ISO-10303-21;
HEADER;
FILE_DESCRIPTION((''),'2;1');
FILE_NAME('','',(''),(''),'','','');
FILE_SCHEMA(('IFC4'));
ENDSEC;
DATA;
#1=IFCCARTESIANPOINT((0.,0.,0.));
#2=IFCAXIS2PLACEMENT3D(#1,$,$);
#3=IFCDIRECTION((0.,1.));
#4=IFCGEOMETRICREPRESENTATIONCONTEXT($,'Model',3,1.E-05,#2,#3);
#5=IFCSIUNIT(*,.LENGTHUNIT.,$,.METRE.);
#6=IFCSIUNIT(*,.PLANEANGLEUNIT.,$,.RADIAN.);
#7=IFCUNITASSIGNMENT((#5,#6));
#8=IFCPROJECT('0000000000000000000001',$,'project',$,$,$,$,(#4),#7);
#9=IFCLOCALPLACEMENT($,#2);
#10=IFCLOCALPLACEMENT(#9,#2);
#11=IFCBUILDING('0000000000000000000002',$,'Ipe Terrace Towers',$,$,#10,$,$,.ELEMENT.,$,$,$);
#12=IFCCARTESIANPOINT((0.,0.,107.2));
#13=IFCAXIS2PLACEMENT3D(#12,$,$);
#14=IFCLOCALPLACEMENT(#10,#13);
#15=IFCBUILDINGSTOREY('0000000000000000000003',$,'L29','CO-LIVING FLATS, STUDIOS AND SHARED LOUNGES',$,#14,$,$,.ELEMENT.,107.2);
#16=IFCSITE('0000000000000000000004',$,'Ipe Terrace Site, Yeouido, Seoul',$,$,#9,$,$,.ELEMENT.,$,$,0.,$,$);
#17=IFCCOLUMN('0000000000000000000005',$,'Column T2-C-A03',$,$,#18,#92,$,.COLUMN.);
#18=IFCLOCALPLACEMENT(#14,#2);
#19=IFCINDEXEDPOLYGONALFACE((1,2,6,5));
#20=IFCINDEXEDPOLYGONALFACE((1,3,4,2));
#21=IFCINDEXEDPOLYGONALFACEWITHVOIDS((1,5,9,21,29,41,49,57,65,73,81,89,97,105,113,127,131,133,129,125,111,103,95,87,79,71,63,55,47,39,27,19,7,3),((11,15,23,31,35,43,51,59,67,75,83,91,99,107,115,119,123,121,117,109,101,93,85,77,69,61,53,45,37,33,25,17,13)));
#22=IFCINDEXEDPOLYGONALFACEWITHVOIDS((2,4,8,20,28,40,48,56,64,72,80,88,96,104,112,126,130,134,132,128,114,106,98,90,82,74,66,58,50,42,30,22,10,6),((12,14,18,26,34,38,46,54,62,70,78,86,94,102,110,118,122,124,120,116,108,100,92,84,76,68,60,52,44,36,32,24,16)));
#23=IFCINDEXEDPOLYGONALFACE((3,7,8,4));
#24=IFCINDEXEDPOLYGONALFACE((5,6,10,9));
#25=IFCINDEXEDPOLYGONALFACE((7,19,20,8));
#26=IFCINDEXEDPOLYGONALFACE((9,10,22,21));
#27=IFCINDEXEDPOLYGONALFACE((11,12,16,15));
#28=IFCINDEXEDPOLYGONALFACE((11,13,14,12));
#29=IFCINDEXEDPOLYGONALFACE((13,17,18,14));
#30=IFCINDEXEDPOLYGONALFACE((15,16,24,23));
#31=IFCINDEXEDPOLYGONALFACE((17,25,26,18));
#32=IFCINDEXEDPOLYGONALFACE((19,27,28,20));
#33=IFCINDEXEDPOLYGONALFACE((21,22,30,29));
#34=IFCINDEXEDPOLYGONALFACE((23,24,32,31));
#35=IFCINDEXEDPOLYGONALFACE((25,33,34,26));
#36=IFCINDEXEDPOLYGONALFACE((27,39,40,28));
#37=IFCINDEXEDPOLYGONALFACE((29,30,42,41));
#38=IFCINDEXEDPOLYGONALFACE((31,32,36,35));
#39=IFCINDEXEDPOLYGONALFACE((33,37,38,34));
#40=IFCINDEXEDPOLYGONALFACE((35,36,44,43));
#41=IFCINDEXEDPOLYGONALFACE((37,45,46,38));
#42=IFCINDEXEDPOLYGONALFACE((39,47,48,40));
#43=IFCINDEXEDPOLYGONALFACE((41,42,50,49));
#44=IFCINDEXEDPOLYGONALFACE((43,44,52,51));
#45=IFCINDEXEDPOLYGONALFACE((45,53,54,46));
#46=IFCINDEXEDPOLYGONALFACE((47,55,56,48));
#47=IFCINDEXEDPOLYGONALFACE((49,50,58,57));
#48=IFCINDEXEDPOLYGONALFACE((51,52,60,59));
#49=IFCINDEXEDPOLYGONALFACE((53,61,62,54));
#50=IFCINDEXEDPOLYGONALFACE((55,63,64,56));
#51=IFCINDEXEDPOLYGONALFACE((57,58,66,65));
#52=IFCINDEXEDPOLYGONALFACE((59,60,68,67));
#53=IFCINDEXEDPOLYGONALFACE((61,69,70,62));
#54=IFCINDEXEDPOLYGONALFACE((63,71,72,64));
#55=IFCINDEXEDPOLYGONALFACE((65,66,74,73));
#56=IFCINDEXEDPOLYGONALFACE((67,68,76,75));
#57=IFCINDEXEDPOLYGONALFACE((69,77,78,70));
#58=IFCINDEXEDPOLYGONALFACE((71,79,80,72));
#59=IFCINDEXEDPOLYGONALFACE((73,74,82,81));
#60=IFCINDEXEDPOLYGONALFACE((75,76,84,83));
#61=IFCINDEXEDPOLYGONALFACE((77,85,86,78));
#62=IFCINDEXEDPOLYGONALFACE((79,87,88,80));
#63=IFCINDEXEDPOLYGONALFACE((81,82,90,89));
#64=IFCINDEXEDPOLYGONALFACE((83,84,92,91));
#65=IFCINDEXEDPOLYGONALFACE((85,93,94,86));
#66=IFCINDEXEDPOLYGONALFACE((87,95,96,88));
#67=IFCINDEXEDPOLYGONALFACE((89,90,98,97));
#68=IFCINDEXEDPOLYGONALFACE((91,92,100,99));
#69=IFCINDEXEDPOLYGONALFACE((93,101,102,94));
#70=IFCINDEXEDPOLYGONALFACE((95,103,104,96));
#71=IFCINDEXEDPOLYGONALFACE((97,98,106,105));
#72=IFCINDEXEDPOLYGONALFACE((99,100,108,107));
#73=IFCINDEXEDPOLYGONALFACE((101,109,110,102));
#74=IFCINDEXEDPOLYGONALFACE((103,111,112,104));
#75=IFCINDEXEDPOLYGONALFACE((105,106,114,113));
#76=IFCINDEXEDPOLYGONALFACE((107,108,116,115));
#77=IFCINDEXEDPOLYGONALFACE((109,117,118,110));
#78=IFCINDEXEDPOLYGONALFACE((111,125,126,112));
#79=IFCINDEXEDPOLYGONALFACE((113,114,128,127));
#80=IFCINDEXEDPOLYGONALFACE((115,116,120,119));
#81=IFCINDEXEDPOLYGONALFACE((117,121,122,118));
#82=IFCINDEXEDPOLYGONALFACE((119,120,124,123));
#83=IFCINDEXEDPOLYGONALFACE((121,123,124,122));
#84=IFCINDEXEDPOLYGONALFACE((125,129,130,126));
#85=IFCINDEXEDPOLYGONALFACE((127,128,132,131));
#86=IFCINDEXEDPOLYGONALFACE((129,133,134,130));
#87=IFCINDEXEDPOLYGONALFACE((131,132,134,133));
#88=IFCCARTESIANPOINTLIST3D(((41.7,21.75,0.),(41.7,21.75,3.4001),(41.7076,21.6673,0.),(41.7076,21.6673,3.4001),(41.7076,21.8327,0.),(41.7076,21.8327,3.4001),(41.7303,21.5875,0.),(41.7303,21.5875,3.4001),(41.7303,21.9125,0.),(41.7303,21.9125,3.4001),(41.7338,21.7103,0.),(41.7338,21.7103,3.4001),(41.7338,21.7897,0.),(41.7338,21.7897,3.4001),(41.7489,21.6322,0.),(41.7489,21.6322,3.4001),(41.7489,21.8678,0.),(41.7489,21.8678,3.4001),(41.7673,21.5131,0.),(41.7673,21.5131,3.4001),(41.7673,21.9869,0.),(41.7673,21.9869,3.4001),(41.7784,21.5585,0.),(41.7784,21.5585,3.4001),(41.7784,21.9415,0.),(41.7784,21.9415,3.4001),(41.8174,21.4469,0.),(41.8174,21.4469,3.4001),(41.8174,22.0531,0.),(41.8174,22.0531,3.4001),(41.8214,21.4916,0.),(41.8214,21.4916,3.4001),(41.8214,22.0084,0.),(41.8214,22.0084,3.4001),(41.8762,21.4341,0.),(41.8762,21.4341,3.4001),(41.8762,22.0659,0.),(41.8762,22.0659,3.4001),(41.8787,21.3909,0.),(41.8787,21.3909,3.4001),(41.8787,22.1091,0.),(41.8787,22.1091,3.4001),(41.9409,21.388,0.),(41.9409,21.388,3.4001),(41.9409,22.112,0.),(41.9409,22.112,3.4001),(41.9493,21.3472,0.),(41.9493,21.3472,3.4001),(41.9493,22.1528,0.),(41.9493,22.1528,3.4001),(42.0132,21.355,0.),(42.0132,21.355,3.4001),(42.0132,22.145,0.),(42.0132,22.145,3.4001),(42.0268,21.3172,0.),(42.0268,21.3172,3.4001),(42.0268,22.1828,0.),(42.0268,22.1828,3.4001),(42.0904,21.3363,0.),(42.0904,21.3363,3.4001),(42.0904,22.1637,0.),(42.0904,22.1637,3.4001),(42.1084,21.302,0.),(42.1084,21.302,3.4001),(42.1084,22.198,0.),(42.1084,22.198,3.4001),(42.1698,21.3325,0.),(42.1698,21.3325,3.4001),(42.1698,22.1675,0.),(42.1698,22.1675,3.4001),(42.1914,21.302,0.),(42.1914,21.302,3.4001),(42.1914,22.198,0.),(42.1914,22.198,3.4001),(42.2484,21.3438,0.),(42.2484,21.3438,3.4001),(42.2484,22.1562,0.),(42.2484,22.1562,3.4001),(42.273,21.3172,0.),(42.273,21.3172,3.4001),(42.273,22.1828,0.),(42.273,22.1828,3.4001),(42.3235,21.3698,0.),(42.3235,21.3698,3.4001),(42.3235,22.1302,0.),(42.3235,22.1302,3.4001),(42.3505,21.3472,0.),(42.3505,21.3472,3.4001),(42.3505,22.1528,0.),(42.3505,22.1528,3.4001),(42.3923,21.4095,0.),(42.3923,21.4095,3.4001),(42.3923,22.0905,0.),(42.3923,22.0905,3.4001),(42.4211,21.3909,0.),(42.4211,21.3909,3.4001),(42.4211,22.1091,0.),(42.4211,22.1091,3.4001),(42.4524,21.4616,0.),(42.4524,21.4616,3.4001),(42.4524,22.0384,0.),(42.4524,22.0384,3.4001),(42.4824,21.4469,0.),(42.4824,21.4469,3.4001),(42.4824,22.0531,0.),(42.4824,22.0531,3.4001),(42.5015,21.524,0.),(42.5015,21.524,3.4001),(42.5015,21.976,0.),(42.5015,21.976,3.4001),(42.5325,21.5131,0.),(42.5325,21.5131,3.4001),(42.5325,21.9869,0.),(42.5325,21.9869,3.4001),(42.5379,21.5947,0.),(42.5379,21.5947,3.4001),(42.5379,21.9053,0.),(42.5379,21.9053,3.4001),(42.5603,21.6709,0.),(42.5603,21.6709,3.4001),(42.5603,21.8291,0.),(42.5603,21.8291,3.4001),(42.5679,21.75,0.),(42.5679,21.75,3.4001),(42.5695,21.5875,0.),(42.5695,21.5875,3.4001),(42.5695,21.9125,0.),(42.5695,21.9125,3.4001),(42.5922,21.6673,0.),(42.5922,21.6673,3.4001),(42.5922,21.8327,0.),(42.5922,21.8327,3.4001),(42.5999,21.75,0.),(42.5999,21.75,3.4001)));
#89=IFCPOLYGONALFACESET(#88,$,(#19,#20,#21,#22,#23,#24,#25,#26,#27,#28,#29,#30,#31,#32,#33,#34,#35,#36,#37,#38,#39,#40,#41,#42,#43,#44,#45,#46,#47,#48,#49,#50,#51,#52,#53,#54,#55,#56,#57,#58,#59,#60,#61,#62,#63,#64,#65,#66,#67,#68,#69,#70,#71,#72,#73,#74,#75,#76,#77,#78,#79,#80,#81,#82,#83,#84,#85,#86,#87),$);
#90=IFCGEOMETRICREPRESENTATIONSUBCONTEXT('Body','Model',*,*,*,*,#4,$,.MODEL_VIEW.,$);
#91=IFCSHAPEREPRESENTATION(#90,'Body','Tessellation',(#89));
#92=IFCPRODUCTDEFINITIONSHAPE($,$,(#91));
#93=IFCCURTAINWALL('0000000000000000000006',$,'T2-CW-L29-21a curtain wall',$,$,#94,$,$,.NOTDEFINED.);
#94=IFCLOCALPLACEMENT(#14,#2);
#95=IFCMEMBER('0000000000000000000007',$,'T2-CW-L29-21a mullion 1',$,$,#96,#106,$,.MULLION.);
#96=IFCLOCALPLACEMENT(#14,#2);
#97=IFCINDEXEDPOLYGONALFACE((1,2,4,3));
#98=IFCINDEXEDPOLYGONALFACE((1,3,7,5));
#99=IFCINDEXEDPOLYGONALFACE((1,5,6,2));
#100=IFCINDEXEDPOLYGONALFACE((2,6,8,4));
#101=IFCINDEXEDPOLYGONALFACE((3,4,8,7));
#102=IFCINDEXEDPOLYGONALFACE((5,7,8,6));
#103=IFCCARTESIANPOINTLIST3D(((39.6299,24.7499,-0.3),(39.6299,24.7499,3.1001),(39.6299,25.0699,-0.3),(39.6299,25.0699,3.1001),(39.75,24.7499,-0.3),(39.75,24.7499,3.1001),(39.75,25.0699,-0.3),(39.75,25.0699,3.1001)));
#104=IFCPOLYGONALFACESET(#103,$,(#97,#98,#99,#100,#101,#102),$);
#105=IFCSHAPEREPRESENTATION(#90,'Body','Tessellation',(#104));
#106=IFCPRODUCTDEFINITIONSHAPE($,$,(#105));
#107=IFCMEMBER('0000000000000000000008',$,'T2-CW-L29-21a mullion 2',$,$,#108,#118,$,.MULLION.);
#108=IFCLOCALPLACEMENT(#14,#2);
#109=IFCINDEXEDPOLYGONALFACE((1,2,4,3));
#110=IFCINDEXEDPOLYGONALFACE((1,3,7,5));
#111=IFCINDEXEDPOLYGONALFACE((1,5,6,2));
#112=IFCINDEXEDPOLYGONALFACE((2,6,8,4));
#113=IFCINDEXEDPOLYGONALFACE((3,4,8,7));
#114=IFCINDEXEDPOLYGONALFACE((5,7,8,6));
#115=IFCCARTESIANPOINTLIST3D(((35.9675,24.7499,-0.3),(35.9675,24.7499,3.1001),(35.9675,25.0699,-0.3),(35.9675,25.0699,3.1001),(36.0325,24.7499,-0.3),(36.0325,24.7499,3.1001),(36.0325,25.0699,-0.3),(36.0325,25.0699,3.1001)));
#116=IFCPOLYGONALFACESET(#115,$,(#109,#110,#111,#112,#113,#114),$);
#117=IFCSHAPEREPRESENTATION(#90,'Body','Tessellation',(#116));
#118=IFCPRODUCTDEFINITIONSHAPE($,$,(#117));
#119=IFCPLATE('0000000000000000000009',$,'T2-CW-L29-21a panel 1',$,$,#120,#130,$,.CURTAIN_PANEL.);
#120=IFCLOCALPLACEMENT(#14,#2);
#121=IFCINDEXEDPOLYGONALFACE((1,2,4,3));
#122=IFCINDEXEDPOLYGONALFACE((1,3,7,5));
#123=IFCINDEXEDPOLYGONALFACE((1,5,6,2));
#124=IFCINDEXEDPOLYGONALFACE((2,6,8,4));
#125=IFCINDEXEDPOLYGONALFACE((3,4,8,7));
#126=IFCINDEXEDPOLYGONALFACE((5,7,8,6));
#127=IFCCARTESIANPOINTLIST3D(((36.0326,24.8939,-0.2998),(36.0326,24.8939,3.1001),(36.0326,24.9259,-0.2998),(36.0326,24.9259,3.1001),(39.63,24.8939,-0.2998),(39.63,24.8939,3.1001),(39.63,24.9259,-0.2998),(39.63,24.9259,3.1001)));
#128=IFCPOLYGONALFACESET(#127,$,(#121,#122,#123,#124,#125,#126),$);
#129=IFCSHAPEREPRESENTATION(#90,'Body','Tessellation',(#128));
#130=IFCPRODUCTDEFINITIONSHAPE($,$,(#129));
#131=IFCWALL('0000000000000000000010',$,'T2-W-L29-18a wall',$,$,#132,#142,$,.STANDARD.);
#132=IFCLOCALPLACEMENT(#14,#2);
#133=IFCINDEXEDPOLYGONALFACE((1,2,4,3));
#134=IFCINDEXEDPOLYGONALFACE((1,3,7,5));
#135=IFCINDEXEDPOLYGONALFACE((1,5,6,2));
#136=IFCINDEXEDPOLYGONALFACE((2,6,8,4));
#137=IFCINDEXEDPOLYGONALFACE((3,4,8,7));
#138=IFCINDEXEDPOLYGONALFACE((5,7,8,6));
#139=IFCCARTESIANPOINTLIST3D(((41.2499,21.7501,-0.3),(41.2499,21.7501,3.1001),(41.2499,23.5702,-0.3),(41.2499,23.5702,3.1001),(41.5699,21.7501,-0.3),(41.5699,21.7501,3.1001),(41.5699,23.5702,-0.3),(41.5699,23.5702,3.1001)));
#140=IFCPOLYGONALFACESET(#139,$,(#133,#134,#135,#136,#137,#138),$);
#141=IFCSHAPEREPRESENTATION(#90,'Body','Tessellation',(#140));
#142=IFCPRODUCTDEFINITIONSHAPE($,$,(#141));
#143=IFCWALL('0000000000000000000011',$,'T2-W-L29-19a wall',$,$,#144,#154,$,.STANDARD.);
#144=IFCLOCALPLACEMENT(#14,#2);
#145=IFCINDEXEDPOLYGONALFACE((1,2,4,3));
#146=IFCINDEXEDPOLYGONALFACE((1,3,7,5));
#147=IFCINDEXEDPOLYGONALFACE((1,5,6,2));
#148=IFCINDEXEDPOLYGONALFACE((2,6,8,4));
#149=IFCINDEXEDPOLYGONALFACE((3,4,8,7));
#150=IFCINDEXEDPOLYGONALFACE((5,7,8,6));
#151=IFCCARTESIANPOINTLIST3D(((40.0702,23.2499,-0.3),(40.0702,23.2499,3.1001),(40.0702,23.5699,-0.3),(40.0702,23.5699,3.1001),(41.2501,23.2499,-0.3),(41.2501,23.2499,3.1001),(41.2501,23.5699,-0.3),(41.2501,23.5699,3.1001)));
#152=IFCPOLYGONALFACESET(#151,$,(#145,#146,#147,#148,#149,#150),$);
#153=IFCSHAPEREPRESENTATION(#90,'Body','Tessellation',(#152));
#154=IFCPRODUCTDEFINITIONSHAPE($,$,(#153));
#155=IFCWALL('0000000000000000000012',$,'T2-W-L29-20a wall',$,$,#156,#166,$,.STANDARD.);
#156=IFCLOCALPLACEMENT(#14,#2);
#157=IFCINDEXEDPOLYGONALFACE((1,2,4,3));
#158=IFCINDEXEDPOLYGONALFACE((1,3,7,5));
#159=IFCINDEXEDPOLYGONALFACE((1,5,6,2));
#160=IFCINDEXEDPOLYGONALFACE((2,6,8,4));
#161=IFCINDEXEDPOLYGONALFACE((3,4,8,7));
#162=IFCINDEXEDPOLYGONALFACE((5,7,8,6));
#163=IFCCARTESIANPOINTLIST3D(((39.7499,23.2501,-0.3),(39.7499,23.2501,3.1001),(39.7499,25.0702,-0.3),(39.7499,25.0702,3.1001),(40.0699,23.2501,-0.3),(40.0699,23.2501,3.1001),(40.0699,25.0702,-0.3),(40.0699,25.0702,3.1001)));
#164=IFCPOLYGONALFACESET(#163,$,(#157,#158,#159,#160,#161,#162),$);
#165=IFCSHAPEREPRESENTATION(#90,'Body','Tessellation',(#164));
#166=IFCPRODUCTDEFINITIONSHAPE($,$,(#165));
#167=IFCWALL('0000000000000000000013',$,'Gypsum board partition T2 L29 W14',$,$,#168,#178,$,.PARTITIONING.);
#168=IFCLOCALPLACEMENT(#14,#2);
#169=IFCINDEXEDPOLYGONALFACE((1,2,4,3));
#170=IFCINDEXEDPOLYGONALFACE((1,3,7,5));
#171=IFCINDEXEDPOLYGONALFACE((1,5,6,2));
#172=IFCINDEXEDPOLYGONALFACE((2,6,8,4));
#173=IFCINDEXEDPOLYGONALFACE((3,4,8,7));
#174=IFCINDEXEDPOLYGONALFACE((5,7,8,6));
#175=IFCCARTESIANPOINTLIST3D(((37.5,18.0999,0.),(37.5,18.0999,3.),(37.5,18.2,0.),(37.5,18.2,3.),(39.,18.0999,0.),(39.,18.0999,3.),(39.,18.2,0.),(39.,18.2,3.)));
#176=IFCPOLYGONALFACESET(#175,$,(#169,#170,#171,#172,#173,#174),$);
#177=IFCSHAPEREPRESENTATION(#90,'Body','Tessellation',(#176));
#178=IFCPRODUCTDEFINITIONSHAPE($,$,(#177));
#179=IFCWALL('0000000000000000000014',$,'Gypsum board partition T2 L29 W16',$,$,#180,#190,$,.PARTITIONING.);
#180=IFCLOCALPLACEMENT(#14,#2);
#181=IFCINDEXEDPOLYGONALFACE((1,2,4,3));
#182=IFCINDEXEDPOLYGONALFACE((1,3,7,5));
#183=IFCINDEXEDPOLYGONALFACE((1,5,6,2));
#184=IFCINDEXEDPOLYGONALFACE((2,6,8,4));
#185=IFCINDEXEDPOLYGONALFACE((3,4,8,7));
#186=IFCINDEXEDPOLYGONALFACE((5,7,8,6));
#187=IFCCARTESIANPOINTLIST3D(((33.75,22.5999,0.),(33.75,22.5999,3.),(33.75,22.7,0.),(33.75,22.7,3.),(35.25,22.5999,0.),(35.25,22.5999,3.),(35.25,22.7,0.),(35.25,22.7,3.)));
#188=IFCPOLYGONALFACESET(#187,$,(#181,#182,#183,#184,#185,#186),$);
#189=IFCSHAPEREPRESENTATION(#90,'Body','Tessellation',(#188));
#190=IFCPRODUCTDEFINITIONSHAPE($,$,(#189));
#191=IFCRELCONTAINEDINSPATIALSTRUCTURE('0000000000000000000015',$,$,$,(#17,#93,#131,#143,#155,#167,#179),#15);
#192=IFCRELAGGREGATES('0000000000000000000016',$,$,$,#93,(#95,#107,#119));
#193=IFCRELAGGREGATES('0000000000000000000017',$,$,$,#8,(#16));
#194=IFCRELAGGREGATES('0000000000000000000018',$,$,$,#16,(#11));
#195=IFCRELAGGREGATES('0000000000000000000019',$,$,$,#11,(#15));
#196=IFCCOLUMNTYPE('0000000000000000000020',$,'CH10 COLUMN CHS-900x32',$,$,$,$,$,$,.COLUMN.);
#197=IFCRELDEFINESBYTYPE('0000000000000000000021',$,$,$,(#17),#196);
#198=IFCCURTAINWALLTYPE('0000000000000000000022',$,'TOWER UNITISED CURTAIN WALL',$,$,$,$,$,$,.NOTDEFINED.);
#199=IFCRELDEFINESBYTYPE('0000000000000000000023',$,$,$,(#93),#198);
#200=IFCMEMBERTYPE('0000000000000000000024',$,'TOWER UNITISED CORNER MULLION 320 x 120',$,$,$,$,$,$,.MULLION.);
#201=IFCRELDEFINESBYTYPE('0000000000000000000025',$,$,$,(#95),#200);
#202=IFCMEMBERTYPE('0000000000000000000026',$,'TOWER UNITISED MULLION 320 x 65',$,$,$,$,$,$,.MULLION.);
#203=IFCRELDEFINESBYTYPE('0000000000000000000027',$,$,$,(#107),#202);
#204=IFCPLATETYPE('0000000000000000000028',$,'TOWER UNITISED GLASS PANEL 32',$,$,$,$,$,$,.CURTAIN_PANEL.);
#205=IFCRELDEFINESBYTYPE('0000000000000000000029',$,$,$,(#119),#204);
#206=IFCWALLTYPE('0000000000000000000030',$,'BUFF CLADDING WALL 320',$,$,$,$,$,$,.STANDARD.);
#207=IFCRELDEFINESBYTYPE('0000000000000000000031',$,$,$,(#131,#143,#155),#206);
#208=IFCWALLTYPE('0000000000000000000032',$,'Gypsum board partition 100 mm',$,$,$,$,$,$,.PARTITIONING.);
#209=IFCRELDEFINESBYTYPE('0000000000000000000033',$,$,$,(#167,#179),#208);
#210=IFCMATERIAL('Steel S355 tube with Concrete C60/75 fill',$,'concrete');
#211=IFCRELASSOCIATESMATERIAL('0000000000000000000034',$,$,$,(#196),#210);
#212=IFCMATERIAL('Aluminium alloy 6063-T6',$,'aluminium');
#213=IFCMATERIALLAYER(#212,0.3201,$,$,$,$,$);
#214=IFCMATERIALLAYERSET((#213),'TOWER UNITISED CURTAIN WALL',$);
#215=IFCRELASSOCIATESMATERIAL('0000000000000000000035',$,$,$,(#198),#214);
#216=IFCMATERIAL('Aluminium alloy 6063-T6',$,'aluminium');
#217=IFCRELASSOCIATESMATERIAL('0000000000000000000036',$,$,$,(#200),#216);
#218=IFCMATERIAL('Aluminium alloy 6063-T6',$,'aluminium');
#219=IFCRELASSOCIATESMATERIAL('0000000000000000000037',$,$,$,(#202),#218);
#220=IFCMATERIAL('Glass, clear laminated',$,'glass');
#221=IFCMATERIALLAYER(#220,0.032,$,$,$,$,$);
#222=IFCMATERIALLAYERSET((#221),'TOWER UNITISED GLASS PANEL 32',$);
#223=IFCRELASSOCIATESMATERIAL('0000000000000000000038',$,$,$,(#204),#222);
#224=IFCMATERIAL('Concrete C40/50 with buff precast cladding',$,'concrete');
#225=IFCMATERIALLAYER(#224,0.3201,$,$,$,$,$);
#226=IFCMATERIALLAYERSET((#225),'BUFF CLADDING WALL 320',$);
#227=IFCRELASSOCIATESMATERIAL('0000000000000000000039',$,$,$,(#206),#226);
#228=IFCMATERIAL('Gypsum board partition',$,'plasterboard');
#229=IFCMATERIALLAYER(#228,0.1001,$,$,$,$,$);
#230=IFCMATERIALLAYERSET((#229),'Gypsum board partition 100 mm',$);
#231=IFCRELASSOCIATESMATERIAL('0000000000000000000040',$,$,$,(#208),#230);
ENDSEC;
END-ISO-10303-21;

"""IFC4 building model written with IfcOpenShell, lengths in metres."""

from ifc_helpers import new_model, si_unit, direction, frame, frame_2d, origin, origin_2d, place, context, subcontext, project, spatial, rectangle, hollow_circle, extrude, material, layer, layer_set, material_profile, profile_set, type_object, element, aggregate, save


model = new_model("IFC4")

# Units and contexts
model_context = context("Model", 3, precision=1e-05, world=origin(), true_north=direction((0.0, 1.0)))
body_context = subcontext(model_context, "Body", "Model", "MODEL_VIEW")
ifc_project = project(units=[si_unit("LENGTHUNIT", "METRE"), si_unit("PLANEANGLEUNIT", "RADIAN")], contexts=[model_context])

# Site, building, storey
site_placement = place(None, origin())
site = spatial("IfcSite", under=ifc_project, at=site_placement, Name="Ipe Terrace Site, Yeouido, Seoul", CompositionType="ELEMENT", RefElevation=0.0)
building_placement = place(site_placement, origin())
building = spatial("IfcBuilding", under=site, at=building_placement, Name="Ipe Terrace Towers", CompositionType="ELEMENT")
storey_placement = place(building_placement, frame((0.0, 0.0, 107.2)))
storey = spatial("IfcBuildingStorey", under=building, at=storey_placement, Name="L29", Description="CO-LIVING FLATS, STUDIOS AND SHARED LOUNGES", CompositionType="ELEMENT", Elevation=107.2)

# Column
ifc_material_1 = material(Name="Steel S355 tube with Concrete C60/75 fill", Category="concrete")
ifc_material_profile_1 = material_profile(ifc_material_1, hollow_circle(Radius=0.45, WallThickness=0.032, at=origin_2d()), Name="CHS-900x32")
ifc_profile_set_1 = profile_set([ifc_material_profile_1], Name="Steel S355 tube with Concrete C60/75 fill")
column_type = type_object("IfcColumnType", Name="CH10 COLUMN CHS-900x32", PredefinedType="COLUMN", material=ifc_profile_set_1)
column_placement = place(storey_placement, frame((42.1499, 21.75, 0.0), z_axis=(0.0, 0.0, 1.0), x_axis=(1.0, 0.0, 0.0)))
element("IfcColumn", 1, at=column_placement, inside=storey, type_object=column_type, Name="Column T2-C-A03", PredefinedType="COLUMN", context=body_context, shape_type="SweptSolid", body=[
    extrude(hollow_circle(Radius=0.45, WallThickness=0.032, at=origin_2d()), origin(), (0.0, 0.0, 1.0), 3.4001),
])

# Curtain wall, members, plate
ifc_material_2 = material(Name="Aluminium alloy 6063-T6", Category="aluminium")
ifc_layer_1 = layer(ifc_material_2, 0.3201)
ifc_layer_set_1 = layer_set([ifc_layer_1], Name="TOWER UNITISED CURTAIN WALL")
curtain_wall_type = type_object("IfcCurtainWallType", Name="TOWER UNITISED CURTAIN WALL", PredefinedType="NOTDEFINED", material=ifc_layer_set_1)
curtain_wall_placement = place(storey_placement, origin())
curtain_wall = element("IfcCurtainWall", 2, at=curtain_wall_placement, inside=storey, type_object=curtain_wall_type, Name="T2-CW-L29-21a curtain wall", PredefinedType="NOTDEFINED")
ifc_material_3 = material(Name="Aluminium alloy 6063-T6", Category="aluminium")
ifc_material_profile_2 = material_profile(ifc_material_3, rectangle(XDim=0.3201, YDim=0.1201, at=origin_2d()), Name="TOWER UNITISED CORNER MULLION 320 x 120")
ifc_profile_set_2 = profile_set([ifc_material_profile_2], Name="Aluminium alloy 6063-T6")
member_type_1 = type_object("IfcMemberType", Name="TOWER UNITISED CORNER MULLION 320 x 120", PredefinedType="MULLION", material=ifc_profile_set_2)
member_1_placement = place(storey_placement, frame((39.6899, 24.9099, -0.3), z_axis=(0.0, 0.0, 1.0), x_axis=(0.0, 1.0, 0.0)))
member_1 = element("IfcMember", 3, at=member_1_placement, type_object=member_type_1, Name="T2-CW-L29-21a mullion 1", PredefinedType="MULLION", context=body_context, shape_type="SweptSolid", body=[
    extrude(rectangle(XDim=0.3201, YDim=0.1201, at=origin_2d()), origin(), (0.0, 0.0, 1.0), 3.4001),
])
ifc_material_4 = material(Name="Aluminium alloy 6063-T6", Category="aluminium")
ifc_material_profile_3 = material_profile(ifc_material_4, rectangle(XDim=0.3201, YDim=0.0649, at=origin_2d()), Name="TOWER UNITISED MULLION 320 x 65")
ifc_profile_set_3 = profile_set([ifc_material_profile_3], Name="Aluminium alloy 6063-T6")
member_type_2 = type_object("IfcMemberType", Name="TOWER UNITISED MULLION 320 x 65", PredefinedType="MULLION", material=ifc_profile_set_3)
member_2_placement = place(storey_placement, frame((36.0, 24.9099, -0.3), z_axis=(0.0, 0.0, 1.0), x_axis=(0.0, 1.0, 0.0)))
member_2 = element("IfcMember", 4, at=member_2_placement, type_object=member_type_2, Name="T2-CW-L29-21a mullion 2", PredefinedType="MULLION", context=body_context, shape_type="SweptSolid", body=[
    extrude(rectangle(XDim=0.3201, YDim=0.0649, at=origin_2d()), origin(), (0.0, 0.0, 1.0), 3.4001),
])
ifc_material_5 = material(Name="Glass, clear laminated", Category="glass")
ifc_layer_2 = layer(ifc_material_5, 0.032)
ifc_layer_set_2 = layer_set([ifc_layer_2], Name="TOWER UNITISED GLASS PANEL 32")
plate_type = type_object("IfcPlateType", Name="TOWER UNITISED GLASS PANEL 32", PredefinedType="CURTAIN_PANEL", material=ifc_layer_set_2)
plate_placement = place(storey_placement, frame((37.8313, 24.9099, -0.2998), z_axis=(0.0, 0.0, 1.0), x_axis=(-1.0, 0.0, 0.0)))
plate = element("IfcPlate", 5, at=plate_placement, type_object=plate_type, Name="T2-CW-L29-21a panel 1", PredefinedType="CURTAIN_PANEL", context=body_context, shape_type="SweptSolid", body=[
    extrude(rectangle(XDim=3.5974, YDim=0.032, at=origin_2d()), origin(), (0.0, 0.0, 1.0), 3.3999),
])
aggregate(curtain_wall, [member_1, member_2, plate])

# Walls
ifc_material_6 = material(Name="Concrete C40/50 with buff precast cladding", Category="concrete")
ifc_layer_3 = layer(ifc_material_6, 0.3201)
ifc_layer_set_3 = layer_set([ifc_layer_3], Name="BUFF CLADDING WALL 320")
wall_type_1 = type_object("IfcWallType", Name="BUFF CLADDING WALL 320", PredefinedType="STANDARD", material=ifc_layer_set_3)
wall_1_placement = place(storey_placement, frame((41.4099, 21.75, -0.3), z_axis=(0.0, 0.0, 1.0), x_axis=(0.0, 1.0, 0.0)))
element("IfcWall", 6, at=wall_1_placement, inside=storey, type_object=wall_type_1, Name="T2-W-L29-18a wall", PredefinedType="STANDARD", context=body_context, shape_type="SweptSolid", body=[
    extrude(rectangle(XDim=1.8201, YDim=0.3201, at=frame_2d((0.9102, 0.0))), origin(), (0.0, 0.0, 1.0), 3.4001),
])
wall_2_placement = place(storey_placement, frame((41.25, 23.4099, -0.3), z_axis=(0.0, 0.0, 1.0), x_axis=(-1.0, 0.0, 0.0)))
element("IfcWall", 7, at=wall_2_placement, inside=storey, type_object=wall_type_1, Name="T2-W-L29-19a wall", PredefinedType="STANDARD", context=body_context, shape_type="SweptSolid", body=[
    extrude(rectangle(XDim=1.1799, YDim=0.3201, at=frame_2d((0.5898, 0.0))), origin(), (0.0, 0.0, 1.0), 3.4001),
])
wall_3_placement = place(storey_placement, frame((39.9099, 23.25, -0.3), z_axis=(0.0, 0.0, 1.0), x_axis=(0.0, 1.0, 0.0)))
element("IfcWall", 8, at=wall_3_placement, inside=storey, type_object=wall_type_1, Name="T2-W-L29-20a wall", PredefinedType="STANDARD", context=body_context, shape_type="SweptSolid", body=[
    extrude(rectangle(XDim=1.8201, YDim=0.3201, at=frame_2d((0.9102, 0.0))), origin(), (0.0, 0.0, 1.0), 3.4001),
])
ifc_material_7 = material(Name="Gypsum board partition", Category="plasterboard")
ifc_layer_4 = layer(ifc_material_7, 0.1001)
ifc_layer_set_4 = layer_set([ifc_layer_4], Name="Gypsum board partition 100 mm")
wall_type_2 = type_object("IfcWallType", Name="Gypsum board partition 100 mm", PredefinedType="PARTITIONING", material=ifc_layer_set_4)
for number, where, z_axis, x_axis, name in (
    (9, (39.0, 18.1499, 0.0), (0.0, 0.0, 1.0), (-1.0, 0.0, 0.0), "Gypsum board partition T2 L29 W14"),
    (10, (35.25, 22.6499, 0.0), (0.0, 0.0, 1.0), (-1.0, 0.0, 0.0), "Gypsum board partition T2 L29 W16"),
):
    element("IfcWall", number, at=place(storey_placement, frame(where, z_axis=z_axis, x_axis=x_axis)), inside=storey, type_object=wall_type_2, Name=name, PredefinedType="PARTITIONING", context=body_context, shape_type="SweptSolid", body=[
        extrude(rectangle(XDim=1.5, YDim=0.1001, at=frame_2d((0.75, 0.0))), origin(), (0.0, 0.0, 1.0), 3.0),
    ])

save(model, "model.ifc")
